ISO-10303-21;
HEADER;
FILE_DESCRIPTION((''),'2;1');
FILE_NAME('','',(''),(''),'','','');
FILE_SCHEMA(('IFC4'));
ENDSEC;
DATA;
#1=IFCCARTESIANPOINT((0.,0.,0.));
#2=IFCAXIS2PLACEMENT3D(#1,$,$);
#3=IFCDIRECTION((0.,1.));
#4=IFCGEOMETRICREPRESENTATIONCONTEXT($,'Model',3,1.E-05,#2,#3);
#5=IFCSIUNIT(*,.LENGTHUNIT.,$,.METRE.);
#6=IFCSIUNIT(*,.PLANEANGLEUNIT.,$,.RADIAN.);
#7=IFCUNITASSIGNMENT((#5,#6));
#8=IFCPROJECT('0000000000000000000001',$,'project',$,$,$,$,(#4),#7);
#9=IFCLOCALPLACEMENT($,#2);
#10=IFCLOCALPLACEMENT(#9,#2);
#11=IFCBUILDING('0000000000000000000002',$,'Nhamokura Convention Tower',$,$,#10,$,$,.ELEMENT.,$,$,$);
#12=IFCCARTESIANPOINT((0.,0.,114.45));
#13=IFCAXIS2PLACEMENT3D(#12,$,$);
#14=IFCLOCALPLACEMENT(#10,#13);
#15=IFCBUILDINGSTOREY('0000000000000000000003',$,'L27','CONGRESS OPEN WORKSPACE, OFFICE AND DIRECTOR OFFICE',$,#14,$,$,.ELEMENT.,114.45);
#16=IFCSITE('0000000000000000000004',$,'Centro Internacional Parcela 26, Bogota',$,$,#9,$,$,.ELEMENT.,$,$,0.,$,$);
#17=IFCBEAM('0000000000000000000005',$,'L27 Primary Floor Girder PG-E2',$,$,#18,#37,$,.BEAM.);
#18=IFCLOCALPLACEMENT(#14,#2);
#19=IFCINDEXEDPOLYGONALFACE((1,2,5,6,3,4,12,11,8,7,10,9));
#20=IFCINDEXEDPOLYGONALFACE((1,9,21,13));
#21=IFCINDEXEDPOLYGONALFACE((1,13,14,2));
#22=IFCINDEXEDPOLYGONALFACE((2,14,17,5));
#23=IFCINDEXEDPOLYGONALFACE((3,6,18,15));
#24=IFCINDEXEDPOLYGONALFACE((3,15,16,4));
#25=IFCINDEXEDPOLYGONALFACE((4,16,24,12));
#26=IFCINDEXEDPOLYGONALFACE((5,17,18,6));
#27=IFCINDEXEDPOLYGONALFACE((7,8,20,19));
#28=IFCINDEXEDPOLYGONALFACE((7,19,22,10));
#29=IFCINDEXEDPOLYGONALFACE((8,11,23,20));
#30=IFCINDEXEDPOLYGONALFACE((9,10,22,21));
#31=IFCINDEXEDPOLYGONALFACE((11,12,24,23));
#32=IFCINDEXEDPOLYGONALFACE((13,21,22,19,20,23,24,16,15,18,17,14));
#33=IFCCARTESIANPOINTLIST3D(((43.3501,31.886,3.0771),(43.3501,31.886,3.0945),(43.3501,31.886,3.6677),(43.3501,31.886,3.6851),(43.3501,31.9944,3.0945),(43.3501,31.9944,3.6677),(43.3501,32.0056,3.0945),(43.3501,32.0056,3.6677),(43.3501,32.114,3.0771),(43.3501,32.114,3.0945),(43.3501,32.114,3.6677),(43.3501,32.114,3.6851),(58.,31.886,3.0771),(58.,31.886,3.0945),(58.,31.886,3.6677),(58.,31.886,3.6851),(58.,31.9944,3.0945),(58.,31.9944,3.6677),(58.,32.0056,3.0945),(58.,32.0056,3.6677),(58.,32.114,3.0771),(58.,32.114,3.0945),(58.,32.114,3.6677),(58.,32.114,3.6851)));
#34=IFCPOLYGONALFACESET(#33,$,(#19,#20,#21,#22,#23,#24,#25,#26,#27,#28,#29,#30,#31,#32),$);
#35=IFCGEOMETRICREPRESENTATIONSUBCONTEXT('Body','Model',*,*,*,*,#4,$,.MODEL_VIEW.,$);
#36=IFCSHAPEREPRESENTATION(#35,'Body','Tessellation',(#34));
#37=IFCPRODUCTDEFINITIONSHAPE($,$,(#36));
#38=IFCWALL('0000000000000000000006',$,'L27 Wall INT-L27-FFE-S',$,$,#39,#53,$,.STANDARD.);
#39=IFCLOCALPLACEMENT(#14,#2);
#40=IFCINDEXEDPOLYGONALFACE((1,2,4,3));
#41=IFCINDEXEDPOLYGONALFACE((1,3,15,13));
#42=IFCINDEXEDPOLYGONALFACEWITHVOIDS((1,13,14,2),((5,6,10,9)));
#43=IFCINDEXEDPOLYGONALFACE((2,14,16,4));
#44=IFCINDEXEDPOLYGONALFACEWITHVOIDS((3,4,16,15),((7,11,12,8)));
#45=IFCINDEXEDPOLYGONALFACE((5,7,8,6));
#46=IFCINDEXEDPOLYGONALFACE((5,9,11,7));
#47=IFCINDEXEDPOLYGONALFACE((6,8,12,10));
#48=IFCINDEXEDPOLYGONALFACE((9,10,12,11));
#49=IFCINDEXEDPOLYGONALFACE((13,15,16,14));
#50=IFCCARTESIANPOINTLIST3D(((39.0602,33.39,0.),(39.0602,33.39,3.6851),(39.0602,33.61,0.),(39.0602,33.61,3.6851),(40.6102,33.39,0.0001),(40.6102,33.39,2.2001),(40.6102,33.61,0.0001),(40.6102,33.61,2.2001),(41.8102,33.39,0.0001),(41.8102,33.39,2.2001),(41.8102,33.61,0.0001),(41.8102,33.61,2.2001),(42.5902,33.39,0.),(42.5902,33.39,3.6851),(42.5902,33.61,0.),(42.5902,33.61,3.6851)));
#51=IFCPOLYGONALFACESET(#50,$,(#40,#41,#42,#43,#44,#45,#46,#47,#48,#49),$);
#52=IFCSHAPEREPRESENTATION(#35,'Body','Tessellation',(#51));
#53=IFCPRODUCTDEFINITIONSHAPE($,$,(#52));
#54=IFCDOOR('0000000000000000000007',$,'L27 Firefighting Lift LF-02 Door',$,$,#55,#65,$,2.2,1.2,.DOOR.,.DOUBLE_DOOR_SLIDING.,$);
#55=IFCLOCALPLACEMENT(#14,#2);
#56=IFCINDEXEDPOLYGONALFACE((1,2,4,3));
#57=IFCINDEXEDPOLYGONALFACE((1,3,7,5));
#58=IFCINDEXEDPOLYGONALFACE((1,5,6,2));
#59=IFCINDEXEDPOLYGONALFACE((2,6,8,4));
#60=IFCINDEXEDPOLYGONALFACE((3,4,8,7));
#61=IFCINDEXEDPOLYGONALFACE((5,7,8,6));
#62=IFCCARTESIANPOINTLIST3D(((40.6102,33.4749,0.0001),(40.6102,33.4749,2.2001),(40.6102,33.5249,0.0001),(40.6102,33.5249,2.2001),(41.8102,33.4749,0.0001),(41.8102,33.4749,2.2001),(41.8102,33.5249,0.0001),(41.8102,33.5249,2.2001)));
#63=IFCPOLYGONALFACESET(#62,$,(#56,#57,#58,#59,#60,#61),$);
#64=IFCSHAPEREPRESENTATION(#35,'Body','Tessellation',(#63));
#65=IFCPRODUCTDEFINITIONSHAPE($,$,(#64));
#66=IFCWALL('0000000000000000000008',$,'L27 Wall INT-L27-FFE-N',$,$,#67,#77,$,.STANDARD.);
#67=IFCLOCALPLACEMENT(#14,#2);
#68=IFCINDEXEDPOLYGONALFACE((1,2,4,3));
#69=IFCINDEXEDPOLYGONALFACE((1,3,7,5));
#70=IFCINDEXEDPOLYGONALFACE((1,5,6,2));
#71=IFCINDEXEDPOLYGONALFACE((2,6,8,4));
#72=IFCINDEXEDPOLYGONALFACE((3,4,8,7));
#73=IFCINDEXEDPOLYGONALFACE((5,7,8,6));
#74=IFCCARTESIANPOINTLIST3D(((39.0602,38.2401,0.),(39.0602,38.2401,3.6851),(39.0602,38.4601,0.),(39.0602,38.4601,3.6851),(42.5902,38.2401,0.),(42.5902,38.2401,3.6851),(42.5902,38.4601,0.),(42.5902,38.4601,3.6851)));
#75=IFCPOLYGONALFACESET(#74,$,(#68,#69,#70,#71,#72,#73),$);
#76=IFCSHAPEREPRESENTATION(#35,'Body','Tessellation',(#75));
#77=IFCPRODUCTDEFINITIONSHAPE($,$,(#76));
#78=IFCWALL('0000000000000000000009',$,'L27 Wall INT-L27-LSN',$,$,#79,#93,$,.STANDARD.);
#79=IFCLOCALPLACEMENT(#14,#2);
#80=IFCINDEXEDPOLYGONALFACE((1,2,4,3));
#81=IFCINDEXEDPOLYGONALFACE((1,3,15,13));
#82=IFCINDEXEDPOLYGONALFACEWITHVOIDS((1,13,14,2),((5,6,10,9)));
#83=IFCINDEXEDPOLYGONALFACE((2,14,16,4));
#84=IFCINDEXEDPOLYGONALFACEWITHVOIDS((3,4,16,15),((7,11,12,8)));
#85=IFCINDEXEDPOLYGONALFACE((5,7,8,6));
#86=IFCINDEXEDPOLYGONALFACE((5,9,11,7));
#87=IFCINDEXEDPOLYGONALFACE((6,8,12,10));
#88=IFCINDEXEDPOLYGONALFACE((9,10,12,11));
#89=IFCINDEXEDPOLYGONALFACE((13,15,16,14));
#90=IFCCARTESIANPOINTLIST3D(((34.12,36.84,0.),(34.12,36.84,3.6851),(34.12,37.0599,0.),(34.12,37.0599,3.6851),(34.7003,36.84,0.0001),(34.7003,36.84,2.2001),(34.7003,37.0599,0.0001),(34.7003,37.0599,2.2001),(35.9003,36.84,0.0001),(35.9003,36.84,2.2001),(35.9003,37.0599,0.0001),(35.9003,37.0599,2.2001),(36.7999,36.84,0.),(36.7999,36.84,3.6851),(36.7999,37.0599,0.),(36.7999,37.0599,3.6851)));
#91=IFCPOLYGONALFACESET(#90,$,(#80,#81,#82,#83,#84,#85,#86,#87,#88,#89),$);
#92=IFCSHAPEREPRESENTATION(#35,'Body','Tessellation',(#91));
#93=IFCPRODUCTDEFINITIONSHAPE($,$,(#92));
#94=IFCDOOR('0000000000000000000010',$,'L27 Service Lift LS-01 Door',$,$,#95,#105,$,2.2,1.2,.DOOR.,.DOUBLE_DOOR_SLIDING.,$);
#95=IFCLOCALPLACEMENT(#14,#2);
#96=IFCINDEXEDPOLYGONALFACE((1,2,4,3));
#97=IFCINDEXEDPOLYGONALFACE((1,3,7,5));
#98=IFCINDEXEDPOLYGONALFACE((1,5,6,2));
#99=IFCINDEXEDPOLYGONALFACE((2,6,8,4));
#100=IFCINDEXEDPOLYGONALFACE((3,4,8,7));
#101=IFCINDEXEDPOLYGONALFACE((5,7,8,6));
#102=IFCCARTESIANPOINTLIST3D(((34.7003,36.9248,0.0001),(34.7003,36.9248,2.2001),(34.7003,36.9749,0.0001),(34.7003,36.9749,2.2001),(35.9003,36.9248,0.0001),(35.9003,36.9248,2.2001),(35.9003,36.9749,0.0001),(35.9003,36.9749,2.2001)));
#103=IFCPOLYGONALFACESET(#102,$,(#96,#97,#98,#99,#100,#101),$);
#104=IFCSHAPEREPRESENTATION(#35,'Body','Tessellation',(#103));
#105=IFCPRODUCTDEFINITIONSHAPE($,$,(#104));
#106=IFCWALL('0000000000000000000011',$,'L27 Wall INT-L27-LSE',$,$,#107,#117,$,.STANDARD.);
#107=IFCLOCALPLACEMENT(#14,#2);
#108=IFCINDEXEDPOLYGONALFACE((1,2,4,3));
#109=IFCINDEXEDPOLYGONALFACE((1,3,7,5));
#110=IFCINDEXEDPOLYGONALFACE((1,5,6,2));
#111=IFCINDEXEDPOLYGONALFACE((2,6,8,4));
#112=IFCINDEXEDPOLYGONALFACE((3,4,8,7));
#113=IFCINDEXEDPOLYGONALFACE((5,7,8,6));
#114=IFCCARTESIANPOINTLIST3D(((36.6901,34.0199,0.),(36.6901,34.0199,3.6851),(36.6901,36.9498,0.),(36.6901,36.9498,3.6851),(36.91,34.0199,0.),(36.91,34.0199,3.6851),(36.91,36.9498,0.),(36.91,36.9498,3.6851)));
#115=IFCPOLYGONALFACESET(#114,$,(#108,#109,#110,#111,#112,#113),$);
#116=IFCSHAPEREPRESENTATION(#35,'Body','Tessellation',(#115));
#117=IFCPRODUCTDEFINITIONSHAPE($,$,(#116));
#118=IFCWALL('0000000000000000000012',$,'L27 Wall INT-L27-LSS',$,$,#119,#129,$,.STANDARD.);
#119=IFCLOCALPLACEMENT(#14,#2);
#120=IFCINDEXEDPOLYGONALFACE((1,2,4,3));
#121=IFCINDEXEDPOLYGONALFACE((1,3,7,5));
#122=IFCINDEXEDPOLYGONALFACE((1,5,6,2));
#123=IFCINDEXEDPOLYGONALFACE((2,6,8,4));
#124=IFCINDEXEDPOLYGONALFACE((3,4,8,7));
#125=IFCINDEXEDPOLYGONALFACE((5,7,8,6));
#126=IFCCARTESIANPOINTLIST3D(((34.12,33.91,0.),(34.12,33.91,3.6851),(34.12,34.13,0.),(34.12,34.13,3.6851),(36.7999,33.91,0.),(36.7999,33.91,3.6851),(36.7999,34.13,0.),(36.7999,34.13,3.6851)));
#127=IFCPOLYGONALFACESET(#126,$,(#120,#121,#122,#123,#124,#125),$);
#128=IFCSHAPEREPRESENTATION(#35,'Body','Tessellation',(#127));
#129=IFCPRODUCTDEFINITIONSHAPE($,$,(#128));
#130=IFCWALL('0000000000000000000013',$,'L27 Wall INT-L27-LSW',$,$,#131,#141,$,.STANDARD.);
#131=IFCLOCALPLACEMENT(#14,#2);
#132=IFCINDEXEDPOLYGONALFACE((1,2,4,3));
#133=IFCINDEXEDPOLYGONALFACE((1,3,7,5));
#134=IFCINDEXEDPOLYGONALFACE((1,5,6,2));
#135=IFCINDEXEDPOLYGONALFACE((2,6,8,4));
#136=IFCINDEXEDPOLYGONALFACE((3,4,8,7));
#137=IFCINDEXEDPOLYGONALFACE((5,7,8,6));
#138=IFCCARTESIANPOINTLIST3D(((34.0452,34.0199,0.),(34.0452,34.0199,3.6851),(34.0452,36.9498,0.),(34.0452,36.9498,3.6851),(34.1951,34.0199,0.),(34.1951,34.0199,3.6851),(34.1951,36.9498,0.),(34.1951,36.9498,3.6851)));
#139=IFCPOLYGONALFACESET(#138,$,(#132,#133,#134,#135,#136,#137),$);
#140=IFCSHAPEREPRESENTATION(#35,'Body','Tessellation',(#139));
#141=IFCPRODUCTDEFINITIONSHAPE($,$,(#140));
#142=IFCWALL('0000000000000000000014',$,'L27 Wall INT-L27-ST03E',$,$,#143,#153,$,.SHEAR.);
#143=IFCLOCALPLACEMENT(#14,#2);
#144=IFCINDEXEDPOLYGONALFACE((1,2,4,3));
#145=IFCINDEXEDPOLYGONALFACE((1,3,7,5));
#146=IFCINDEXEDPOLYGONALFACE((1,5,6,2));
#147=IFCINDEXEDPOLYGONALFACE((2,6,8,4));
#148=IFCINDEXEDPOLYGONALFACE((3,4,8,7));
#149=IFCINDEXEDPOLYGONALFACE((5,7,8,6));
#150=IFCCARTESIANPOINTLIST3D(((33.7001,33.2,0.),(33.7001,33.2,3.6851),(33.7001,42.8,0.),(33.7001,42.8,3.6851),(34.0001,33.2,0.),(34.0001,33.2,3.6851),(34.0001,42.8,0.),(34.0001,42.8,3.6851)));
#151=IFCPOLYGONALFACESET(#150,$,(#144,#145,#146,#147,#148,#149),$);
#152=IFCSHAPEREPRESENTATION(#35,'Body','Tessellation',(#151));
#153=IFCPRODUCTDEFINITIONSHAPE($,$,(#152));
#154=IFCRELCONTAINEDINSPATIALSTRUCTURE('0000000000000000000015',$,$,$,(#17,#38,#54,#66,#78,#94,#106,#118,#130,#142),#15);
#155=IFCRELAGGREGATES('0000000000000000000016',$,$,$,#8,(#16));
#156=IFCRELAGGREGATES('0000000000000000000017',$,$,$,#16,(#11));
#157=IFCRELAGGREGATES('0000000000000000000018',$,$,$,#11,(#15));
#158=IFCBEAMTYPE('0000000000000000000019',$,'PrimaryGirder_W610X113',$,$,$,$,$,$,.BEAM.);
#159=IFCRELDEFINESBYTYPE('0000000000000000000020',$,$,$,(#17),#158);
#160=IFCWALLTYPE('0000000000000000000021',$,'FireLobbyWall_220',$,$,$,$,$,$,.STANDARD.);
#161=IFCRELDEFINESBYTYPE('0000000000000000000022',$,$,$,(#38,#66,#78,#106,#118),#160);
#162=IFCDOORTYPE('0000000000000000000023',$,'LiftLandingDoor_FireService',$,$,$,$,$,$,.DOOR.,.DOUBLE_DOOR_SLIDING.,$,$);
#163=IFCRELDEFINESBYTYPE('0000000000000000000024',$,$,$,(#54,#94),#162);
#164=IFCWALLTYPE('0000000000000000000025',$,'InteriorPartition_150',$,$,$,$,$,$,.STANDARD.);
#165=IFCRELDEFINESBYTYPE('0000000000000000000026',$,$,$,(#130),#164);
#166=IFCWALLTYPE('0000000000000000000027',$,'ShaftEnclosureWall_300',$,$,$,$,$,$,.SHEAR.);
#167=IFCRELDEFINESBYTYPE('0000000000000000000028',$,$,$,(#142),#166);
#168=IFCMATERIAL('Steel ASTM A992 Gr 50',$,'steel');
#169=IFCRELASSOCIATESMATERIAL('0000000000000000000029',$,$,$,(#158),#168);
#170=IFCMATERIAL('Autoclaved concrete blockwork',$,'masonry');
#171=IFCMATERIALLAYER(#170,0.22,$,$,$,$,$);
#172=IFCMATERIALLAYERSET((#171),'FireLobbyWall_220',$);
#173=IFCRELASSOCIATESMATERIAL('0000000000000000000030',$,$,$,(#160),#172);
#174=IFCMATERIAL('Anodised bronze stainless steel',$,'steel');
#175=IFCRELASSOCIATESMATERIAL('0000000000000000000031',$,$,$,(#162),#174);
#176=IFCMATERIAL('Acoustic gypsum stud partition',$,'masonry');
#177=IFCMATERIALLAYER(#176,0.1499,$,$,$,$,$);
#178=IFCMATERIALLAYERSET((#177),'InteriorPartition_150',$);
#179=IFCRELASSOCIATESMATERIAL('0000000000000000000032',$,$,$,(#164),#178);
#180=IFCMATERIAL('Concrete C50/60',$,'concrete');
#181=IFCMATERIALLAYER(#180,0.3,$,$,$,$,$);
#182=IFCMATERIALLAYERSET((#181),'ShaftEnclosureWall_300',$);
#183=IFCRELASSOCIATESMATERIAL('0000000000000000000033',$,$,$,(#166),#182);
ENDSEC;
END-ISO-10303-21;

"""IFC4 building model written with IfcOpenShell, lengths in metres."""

from ifc_helpers import new_model, si_unit, direction, frame, frame_2d, origin, origin_2d, place, context, subcontext, project, spatial, rectangle, i_section, extrude, material, layer, layer_set, material_profile, profile_set, type_object, element, fill, save


model = new_model("IFC4")

# Units and contexts
model_context = context("Model", 3, precision=1e-05, world=origin(), true_north=direction((0.0, 1.0)))
body_context = subcontext(model_context, "Body", "Model", "MODEL_VIEW")
ifc_project = project(units=[si_unit("LENGTHUNIT", "METRE"), si_unit("PLANEANGLEUNIT", "RADIAN")], contexts=[model_context])

# Site, building, storey
site_placement = place(None, origin())
site = spatial("IfcSite", under=ifc_project, at=site_placement, Name="Centro Internacional Parcela 26, Bogota", CompositionType="ELEMENT", RefElevation=0.0)
building_placement = place(site_placement, origin())
building = spatial("IfcBuilding", under=site, at=building_placement, Name="Nhamokura Convention Tower", CompositionType="ELEMENT")
storey_placement = place(building_placement, frame((0.0, 0.0, 114.45)))
storey = spatial("IfcBuildingStorey", under=building, at=storey_placement, Name="L27", Description="CONGRESS OPEN WORKSPACE, OFFICE AND DIRECTOR OFFICE", CompositionType="ELEMENT", Elevation=114.45)

# Beam
ifc_material_1 = material(Name="Steel ASTM A992 Gr 50", Category="steel")
ifc_material_profile = material_profile(ifc_material_1, i_section(OverallWidth=0.228, OverallDepth=0.6079, WebThickness=0.0112, FlangeThickness=0.0173, at=origin_2d()))
ifc_profile_set = profile_set([ifc_material_profile], Name="Steel ASTM A992 Gr 50")
beam_type = type_object("IfcBeamType", Name="PrimaryGirder_W610X113", PredefinedType="BEAM", material=ifc_profile_set)
beam_placement = place(storey_placement, frame((43.3501, 32.0, 3.3811), z_axis=(1.0, 0.0, 0.0), x_axis=(0.0, 1.0, 0.0)))
element("IfcBeam", 1, at=beam_placement, inside=storey, type_object=beam_type, Name="L27 Primary Floor Girder PG-E2", PredefinedType="BEAM", context=body_context, shape_type="SweptSolid", body=[
    extrude(i_section(OverallWidth=0.228, OverallDepth=0.6079, WebThickness=0.0112, FlangeThickness=0.0173, at=origin_2d()), origin(), (0.0, 0.0, 1.0), 14.6499),
])

# Wall, opening, door
ifc_material_2 = material(Name="Autoclaved concrete blockwork", Category="masonry")
ifc_layer_1 = layer(ifc_material_2, 0.22)
ifc_layer_set_1 = layer_set([ifc_layer_1], Name="FireLobbyWall_220")
wall_type_1 = type_object("IfcWallType", Name="FireLobbyWall_220", PredefinedType="STANDARD", material=ifc_layer_set_1)
wall_1_placement = place(storey_placement, frame((39.0601, 33.5, 0.0), z_axis=(0.0, 0.0, 1.0), x_axis=(1.0, 0.0, 0.0)))
wall_1 = element("IfcWall", 2, at=wall_1_placement, inside=storey, type_object=wall_type_1, Name="L27 Wall INT-L27-FFE-S", PredefinedType="STANDARD", context=body_context, shape_type="SweptSolid", body=[
    extrude(rectangle(XDim=3.53, YDim=0.22, at=frame_2d((1.7651, 0.0))), origin(), (0.0, 0.0, 1.0), 3.6851),
])
opening_1_placement = place(wall_1_placement, frame((1.55, 0.0, 0.0)))
opening_1 = element("IfcOpeningElement", 3, at=opening_1_placement, cuts=wall_1, PredefinedType="OPENING", context=body_context, shape_type="SweptSolid", body=[
    extrude(rectangle(XDim=1.2, YDim=2.2, at=frame_2d((0.6001, 1.1001))), frame((0.0, 0.1199, 0.0), z_axis=(0.0, -1.0, 0.0), x_axis=(1.0, 0.0, 0.0)), (0.0, 0.0, 1.0), 0.24),
])
ifc_material_3 = material(Name="Anodised bronze stainless steel", Category="steel")
door_type = type_object("IfcDoorType", Name="LiftLandingDoor_FireService", OperationType="DOUBLE_DOOR_SLIDING", PredefinedType="DOOR", material=ifc_material_3)
door_1_placement = place(opening_1_placement, origin())
door_1 = element("IfcDoor", 4, at=door_1_placement, inside=storey, type_object=door_type, Name="L27 Firefighting Lift LF-02 Door", OperationType="DOUBLE_DOOR_SLIDING", OverallHeight=2.2, OverallWidth=1.2, PredefinedType="DOOR", context=body_context, shape_type="SweptSolid", body=[
    extrude(rectangle(XDim=1.2, YDim=2.2, at=frame_2d((0.6001, 1.1001))), frame((0.0, 0.0249, 0.0), z_axis=(0.0, -1.0, 0.0), x_axis=(1.0, 0.0, 0.0)), (0.0, 0.0, 1.0), 0.05),
])
fill(opening_1, door_1)

# Wall
wall_2_placement = place(storey_placement, frame((39.0601, 38.3501, 0.0), z_axis=(0.0, 0.0, 1.0), x_axis=(1.0, 0.0, 0.0)))
element("IfcWall", 5, at=wall_2_placement, inside=storey, type_object=wall_type_1, Name="L27 Wall INT-L27-FFE-N", PredefinedType="STANDARD", context=body_context, shape_type="SweptSolid", body=[
    extrude(rectangle(XDim=3.53, YDim=0.22, at=frame_2d((1.7651, 0.0))), origin(), (0.0, 0.0, 1.0), 3.6851),
])

# Wall, opening, door
wall_3_placement = place(storey_placement, frame((34.1201, 36.95, 0.0), z_axis=(0.0, 0.0, 1.0), x_axis=(1.0, 0.0, 0.0)))
wall_3 = element("IfcWall", 6, at=wall_3_placement, inside=storey, type_object=wall_type_1, Name="L27 Wall INT-L27-LSN", PredefinedType="STANDARD", context=body_context, shape_type="SweptSolid", body=[
    extrude(rectangle(XDim=2.6799, YDim=0.22, at=frame_2d((1.3398, 0.0))), origin(), (0.0, 0.0, 1.0), 3.6851),
])
opening_2_placement = place(wall_3_placement, frame((0.5801, 0.0, 0.0)))
opening_2 = element("IfcOpeningElement", 7, at=opening_2_placement, cuts=wall_3, PredefinedType="OPENING", context=body_context, shape_type="SweptSolid", body=[
    extrude(rectangle(XDim=1.2, YDim=2.2, at=frame_2d((0.6001, 1.1001))), frame((0.0, 0.1199, 0.0), z_axis=(0.0, -1.0, 0.0), x_axis=(1.0, 0.0, 0.0)), (0.0, 0.0, 1.0), 0.24),
])
door_2_placement = place(opening_2_placement, origin())
door_2 = element("IfcDoor", 8, at=door_2_placement, inside=storey, type_object=door_type, Name="L27 Service Lift LS-01 Door", OperationType="DOUBLE_DOOR_SLIDING", OverallHeight=2.2, OverallWidth=1.2, PredefinedType="DOOR", context=body_context, shape_type="SweptSolid", body=[
    extrude(rectangle(XDim=1.2, YDim=2.2, at=frame_2d((0.6001, 1.1001))), frame((0.0, 0.0249, 0.0), z_axis=(0.0, -1.0, 0.0), x_axis=(1.0, 0.0, 0.0)), (0.0, 0.0, 1.0), 0.05),
])
fill(opening_2, door_2)

# Walls
wall_4_placement = place(storey_placement, frame((36.8, 34.02, 0.0), z_axis=(0.0, 0.0, 1.0), x_axis=(0.0, 1.0, 0.0)))
element("IfcWall", 9, at=wall_4_placement, inside=storey, type_object=wall_type_1, Name="L27 Wall INT-L27-LSE", PredefinedType="STANDARD", context=body_context, shape_type="SweptSolid", body=[
    extrude(rectangle(XDim=2.9299, YDim=0.22, at=frame_2d((1.4648, 0.0))), origin(), (0.0, 0.0, 1.0), 3.6851),
])
wall_5_placement = place(storey_placement, frame((34.1201, 34.02, 0.0), z_axis=(0.0, 0.0, 1.0), x_axis=(1.0, 0.0, 0.0)))
element("IfcWall", 10, at=wall_5_placement, inside=storey, type_object=wall_type_1, Name="L27 Wall INT-L27-LSS", PredefinedType="STANDARD", context=body_context, shape_type="SweptSolid", body=[
    extrude(rectangle(XDim=2.6799, YDim=0.22, at=frame_2d((1.3398, 0.0))), origin(), (0.0, 0.0, 1.0), 3.6851),
])
ifc_material_4 = material(Name="Acoustic gypsum stud partition", Category="masonry")
ifc_layer_2 = layer(ifc_material_4, 0.1499)
ifc_layer_set_2 = layer_set([ifc_layer_2], Name="InteriorPartition_150")
wall_type_2 = type_object("IfcWallType", Name="InteriorPartition_150", PredefinedType="STANDARD", material=ifc_layer_set_2)
wall_6_placement = place(storey_placement, frame((34.1201, 34.02, 0.0), z_axis=(0.0, 0.0, 1.0), x_axis=(0.0, 1.0, 0.0)))
element("IfcWall", 11, at=wall_6_placement, inside=storey, type_object=wall_type_2, Name="L27 Wall INT-L27-LSW", PredefinedType="STANDARD", context=body_context, shape_type="SweptSolid", body=[
    extrude(rectangle(XDim=2.9299, YDim=0.1499, at=frame_2d((1.4648, 0.0))), origin(), (0.0, 0.0, 1.0), 3.6851),
])
ifc_material_5 = material(Name="Concrete C50/60", Category="concrete")
ifc_layer_3 = layer(ifc_material_5, 0.3)
ifc_layer_set_3 = layer_set([ifc_layer_3], Name="ShaftEnclosureWall_300")
wall_type_3 = type_object("IfcWallType", Name="ShaftEnclosureWall_300", PredefinedType="SHEAR", material=ifc_layer_set_3)
wall_7_placement = place(storey_placement, frame((33.8501, 33.2, 0.0), z_axis=(0.0, 0.0, 1.0), x_axis=(0.0, 1.0, 0.0)))
element("IfcWall", 12, at=wall_7_placement, inside=storey, type_object=wall_type_3, Name="L27 Wall INT-L27-ST03E", PredefinedType="SHEAR", context=body_context, shape_type="SweptSolid", body=[
    extrude(rectangle(XDim=9.6001, YDim=0.3, at=frame_2d((4.8, 0.0))), origin(), (0.0, 0.0, 1.0), 3.6851),
])

save(model, "model.ifc")
